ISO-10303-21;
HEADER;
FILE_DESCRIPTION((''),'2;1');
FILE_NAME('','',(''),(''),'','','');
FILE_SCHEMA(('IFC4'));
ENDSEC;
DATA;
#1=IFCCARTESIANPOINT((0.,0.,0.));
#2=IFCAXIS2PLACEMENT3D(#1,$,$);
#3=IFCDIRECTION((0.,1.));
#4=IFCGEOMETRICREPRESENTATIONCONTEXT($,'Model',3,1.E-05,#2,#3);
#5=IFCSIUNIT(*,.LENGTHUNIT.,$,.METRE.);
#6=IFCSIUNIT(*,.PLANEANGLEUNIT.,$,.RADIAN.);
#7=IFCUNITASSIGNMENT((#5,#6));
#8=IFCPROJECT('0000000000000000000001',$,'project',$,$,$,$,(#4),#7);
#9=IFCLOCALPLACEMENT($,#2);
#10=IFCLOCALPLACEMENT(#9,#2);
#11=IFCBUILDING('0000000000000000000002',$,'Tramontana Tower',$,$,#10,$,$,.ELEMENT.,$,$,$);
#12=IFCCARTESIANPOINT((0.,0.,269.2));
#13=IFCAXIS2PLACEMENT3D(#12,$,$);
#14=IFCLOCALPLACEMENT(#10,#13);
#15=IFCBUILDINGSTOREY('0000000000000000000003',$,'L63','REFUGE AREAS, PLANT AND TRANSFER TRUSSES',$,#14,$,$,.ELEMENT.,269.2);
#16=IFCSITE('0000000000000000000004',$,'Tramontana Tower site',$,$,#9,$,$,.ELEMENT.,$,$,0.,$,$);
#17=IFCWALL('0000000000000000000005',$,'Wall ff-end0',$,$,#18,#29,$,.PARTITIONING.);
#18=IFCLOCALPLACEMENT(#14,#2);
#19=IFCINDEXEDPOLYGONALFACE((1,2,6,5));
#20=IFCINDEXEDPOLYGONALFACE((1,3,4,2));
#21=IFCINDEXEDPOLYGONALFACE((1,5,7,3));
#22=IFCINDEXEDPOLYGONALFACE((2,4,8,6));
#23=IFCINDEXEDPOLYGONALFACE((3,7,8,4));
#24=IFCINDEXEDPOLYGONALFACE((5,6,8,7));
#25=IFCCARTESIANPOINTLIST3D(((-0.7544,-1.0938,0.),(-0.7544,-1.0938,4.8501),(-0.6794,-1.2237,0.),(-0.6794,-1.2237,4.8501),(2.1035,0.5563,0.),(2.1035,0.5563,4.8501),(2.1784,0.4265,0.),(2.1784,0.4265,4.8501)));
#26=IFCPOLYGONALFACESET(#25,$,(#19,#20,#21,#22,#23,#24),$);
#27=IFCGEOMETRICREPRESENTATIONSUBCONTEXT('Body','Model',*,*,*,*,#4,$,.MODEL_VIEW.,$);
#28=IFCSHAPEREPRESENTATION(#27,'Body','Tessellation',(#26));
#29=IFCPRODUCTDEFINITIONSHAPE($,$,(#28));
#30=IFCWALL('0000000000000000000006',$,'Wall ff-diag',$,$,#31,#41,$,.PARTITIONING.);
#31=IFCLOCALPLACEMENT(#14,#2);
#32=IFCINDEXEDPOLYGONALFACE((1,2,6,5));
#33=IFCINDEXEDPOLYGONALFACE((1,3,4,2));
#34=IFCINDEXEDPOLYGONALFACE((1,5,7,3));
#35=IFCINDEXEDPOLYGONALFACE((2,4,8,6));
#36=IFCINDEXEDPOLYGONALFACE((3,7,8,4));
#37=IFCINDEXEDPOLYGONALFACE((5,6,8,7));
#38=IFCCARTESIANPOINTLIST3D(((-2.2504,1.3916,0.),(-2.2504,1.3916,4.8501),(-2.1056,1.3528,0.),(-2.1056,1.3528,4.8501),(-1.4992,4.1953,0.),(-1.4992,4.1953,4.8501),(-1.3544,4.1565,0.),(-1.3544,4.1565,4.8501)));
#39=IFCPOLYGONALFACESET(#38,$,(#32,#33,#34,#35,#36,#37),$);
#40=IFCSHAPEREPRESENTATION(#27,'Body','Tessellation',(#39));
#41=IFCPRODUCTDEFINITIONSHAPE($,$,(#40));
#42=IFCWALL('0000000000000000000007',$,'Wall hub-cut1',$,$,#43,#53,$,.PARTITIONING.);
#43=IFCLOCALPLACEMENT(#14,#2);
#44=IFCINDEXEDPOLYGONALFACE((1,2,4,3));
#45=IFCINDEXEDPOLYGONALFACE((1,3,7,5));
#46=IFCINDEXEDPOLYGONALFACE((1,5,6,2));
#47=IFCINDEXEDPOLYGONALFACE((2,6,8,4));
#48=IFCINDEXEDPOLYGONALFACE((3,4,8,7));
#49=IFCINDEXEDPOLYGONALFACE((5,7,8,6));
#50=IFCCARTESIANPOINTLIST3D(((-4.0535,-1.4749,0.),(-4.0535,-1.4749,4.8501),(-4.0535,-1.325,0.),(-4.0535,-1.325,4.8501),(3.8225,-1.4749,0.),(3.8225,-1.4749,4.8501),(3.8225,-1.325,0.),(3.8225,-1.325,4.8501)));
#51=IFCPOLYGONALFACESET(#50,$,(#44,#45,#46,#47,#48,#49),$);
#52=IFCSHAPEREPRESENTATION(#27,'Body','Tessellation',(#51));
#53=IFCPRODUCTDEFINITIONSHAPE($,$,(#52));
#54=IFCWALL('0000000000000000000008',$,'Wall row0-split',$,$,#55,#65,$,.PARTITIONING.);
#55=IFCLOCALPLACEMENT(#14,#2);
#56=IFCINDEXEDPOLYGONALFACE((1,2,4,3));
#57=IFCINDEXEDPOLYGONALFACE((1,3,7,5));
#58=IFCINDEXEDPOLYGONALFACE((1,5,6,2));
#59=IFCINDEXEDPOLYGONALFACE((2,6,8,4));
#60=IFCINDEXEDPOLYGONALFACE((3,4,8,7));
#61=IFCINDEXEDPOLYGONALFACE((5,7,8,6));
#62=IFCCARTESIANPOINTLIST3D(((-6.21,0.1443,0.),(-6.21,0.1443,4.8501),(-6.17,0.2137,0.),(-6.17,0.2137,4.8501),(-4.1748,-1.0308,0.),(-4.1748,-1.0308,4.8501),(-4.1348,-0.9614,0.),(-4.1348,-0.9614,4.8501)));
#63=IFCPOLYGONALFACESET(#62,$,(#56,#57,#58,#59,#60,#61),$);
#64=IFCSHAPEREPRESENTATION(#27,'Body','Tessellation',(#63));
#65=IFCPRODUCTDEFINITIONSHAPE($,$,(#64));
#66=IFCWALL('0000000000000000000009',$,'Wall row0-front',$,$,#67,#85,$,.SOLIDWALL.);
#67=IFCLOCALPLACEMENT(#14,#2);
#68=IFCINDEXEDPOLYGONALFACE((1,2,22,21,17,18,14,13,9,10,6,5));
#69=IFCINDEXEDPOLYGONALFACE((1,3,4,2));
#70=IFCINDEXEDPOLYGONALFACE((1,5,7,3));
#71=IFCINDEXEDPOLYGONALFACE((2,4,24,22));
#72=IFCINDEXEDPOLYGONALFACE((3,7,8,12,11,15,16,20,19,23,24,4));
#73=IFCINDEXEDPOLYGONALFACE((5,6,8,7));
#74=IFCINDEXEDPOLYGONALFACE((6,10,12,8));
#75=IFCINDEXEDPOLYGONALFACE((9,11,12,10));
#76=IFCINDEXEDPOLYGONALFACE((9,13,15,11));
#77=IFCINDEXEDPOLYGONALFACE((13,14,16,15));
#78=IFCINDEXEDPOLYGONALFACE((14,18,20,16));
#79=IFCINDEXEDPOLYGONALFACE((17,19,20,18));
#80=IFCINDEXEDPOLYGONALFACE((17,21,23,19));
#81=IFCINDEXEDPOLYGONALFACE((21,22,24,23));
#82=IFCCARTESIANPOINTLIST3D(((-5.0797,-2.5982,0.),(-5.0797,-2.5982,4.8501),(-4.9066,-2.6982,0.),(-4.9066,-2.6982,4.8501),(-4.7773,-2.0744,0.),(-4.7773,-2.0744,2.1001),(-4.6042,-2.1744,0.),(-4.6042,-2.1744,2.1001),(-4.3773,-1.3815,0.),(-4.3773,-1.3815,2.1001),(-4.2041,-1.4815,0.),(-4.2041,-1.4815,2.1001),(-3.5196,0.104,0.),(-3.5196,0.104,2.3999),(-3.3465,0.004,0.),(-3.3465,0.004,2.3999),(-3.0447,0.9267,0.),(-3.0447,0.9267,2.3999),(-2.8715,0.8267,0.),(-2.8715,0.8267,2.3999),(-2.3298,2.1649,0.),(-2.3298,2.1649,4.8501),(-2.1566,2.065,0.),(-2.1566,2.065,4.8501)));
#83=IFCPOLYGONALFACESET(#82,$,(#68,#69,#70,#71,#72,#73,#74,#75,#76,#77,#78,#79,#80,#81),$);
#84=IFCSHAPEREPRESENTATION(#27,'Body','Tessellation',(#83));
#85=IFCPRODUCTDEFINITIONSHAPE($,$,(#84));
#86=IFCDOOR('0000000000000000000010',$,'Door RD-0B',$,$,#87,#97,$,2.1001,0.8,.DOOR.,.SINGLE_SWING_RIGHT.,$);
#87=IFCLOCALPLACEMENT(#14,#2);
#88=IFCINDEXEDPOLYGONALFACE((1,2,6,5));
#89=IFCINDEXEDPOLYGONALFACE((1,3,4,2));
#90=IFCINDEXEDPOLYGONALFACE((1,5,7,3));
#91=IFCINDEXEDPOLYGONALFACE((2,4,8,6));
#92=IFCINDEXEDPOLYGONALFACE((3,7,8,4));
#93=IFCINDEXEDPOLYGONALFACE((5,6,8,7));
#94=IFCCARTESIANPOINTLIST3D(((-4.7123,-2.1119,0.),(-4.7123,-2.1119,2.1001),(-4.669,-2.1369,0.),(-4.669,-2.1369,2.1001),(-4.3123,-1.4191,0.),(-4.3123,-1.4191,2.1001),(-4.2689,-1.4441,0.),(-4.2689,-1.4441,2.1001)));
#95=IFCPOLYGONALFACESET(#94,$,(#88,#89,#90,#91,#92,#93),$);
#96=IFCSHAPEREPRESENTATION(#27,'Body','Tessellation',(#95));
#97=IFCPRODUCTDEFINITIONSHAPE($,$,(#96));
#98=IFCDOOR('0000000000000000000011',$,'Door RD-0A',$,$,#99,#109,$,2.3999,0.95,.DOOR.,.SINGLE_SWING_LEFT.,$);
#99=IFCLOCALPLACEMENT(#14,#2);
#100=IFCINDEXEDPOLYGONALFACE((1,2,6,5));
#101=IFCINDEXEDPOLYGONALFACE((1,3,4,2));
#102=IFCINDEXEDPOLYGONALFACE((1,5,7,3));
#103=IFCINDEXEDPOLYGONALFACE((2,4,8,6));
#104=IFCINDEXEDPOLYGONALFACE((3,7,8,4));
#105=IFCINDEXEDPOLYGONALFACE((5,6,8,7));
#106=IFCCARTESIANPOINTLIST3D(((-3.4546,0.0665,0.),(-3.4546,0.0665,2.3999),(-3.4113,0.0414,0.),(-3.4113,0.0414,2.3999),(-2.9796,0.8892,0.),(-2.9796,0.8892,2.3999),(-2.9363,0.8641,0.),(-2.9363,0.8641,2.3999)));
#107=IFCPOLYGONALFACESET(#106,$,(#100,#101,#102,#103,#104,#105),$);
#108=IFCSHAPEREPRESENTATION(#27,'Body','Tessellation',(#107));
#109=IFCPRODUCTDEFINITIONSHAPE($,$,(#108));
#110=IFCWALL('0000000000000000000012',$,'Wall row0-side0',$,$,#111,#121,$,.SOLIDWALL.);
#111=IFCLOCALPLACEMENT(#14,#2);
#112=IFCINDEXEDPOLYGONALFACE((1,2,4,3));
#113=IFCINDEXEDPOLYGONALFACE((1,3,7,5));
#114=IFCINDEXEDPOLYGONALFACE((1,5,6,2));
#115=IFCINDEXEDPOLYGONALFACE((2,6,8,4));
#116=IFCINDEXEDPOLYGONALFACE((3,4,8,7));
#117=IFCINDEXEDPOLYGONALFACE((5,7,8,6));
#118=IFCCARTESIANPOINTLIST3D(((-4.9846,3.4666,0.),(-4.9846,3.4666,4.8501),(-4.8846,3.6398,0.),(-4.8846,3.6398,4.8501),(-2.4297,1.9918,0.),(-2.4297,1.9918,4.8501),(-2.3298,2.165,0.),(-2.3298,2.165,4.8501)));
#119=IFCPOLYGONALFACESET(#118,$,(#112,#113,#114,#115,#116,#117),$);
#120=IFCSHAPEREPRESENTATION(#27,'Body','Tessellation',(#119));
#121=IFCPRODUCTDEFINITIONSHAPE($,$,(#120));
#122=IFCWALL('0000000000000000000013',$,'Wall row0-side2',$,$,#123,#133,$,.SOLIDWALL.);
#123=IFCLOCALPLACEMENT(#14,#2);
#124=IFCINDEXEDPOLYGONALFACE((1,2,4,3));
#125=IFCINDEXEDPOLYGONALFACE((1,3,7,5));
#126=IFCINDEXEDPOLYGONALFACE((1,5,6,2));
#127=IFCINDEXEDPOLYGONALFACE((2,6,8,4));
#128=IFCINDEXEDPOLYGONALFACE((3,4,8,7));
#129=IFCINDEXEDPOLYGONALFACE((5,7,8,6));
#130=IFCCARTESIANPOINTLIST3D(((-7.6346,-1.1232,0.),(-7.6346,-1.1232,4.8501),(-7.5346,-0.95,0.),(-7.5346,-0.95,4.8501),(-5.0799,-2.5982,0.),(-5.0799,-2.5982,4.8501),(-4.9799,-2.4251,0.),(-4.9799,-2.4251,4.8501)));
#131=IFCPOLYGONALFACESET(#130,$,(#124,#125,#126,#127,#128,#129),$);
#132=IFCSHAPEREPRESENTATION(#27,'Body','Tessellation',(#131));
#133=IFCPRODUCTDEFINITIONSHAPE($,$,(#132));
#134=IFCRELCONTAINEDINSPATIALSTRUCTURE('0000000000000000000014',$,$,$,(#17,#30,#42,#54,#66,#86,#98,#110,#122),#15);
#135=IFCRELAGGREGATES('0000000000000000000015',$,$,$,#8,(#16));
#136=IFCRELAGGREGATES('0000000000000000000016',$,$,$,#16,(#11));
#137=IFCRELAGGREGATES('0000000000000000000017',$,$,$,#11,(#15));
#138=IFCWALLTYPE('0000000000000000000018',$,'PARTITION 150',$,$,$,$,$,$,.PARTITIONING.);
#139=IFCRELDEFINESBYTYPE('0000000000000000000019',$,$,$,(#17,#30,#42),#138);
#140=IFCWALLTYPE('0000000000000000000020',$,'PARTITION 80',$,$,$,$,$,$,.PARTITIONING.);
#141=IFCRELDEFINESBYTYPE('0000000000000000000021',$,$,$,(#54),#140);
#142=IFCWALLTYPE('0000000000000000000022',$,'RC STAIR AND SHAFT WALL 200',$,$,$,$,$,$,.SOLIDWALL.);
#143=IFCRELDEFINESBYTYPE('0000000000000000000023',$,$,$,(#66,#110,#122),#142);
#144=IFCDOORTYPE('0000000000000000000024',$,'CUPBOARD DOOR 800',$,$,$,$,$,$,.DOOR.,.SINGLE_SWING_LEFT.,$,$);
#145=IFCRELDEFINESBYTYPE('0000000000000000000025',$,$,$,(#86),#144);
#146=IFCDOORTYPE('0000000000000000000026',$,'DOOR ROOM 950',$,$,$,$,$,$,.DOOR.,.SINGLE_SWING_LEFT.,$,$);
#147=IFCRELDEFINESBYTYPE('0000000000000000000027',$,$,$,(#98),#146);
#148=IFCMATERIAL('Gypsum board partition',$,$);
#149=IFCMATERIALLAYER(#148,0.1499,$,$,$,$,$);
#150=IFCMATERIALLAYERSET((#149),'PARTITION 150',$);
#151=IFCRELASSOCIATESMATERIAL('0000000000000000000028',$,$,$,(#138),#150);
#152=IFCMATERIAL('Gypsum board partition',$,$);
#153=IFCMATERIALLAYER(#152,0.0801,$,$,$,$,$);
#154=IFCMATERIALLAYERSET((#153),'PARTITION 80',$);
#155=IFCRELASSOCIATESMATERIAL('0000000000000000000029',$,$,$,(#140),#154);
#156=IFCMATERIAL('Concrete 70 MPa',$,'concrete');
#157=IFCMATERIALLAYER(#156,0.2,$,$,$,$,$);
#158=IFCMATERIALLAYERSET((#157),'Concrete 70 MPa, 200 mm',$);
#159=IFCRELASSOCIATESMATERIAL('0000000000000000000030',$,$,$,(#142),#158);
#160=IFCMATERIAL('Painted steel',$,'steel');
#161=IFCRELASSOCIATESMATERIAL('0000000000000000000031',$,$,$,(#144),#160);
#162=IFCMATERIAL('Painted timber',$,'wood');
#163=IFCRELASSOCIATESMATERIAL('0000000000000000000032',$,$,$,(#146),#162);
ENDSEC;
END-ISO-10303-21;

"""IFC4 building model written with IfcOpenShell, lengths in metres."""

from ifc_helpers import new_model, si_unit, direction, frame, frame_2d, origin, place, context, subcontext, project, spatial, rectangle, extrude, material, layer, layer_set, type_object, element, fill, save


model = new_model("IFC4")

# Units and contexts
model_context = context("Model", 3, precision=1e-05, world=origin(), true_north=direction((0.0, 1.0)))
body_context = subcontext(model_context, "Body", "Model", "MODEL_VIEW")
ifc_project = project(units=[si_unit("LENGTHUNIT", "METRE"), si_unit("PLANEANGLEUNIT", "RADIAN")], contexts=[model_context])

# Site, building, storey
site_placement = place(None, origin())
site = spatial("IfcSite", under=ifc_project, at=site_placement, Name="Tramontana Tower site", CompositionType="ELEMENT", RefElevation=0.0)
building_placement = place(site_placement, origin())
building = spatial("IfcBuilding", under=site, at=building_placement, Name="Tramontana Tower", CompositionType="ELEMENT")
storey_placement = place(building_placement, frame((0.0, 0.0, 269.2)))
storey = spatial("IfcBuildingStorey", under=building, at=storey_placement, Name="L63", Description="REFUGE AREAS, PLANT AND TRANSFER TRUSSES", CompositionType="ELEMENT", Elevation=269.2)

# Shared definitions
ifc_material_1 = material(Name="Gypsum board partition")
ifc_layer_1 = layer(ifc_material_1, 0.1499)
ifc_layer_set_1 = layer_set([ifc_layer_1], Name="PARTITION 150")
wall_type_1 = type_object("IfcWallType", Name="PARTITION 150", PredefinedType="PARTITIONING", material=ifc_layer_set_1)

# Walls
wall_1_placement = place(storey_placement, frame((-0.7168, -1.1587, 0.0), z_axis=(0.0, 0.0, 1.0), x_axis=(0.866008, 0.50003, 0.0)))
element("IfcWall", 1, at=wall_1_placement, inside=storey, type_object=wall_type_1, Name="Wall ff-end0", PredefinedType="PARTITIONING", context=body_context, shape_type="SweptSolid", body=[
    extrude(rectangle(XDim=3.3, YDim=0.1499, at=frame_2d((1.6499, 0.0))), origin(), (0.0, 0.0, 1.0), 4.8501),
])
wall_2_placement = place(storey_placement, frame((-2.178, 1.3723, 0.0), z_axis=(0.0, 0.0, 1.0), x_axis=(0.258809, 0.965929, 0.0)))
element("IfcWall", 2, at=wall_2_placement, inside=storey, type_object=wall_type_1, Name="Wall ff-diag", PredefinedType="PARTITIONING", context=body_context, shape_type="SweptSolid", body=[
    extrude(rectangle(XDim=2.9026, YDim=0.1499, at=frame_2d((1.4512, 0.0))), origin(), (0.0, 0.0, 1.0), 4.8501),
])
wall_3_placement = place(storey_placement, frame((-4.0535, -1.3999, 0.0), z_axis=(0.0, 0.0, 1.0), x_axis=(1.0, 0.0, 0.0)))
element("IfcWall", 3, at=wall_3_placement, inside=storey, type_object=wall_type_1, Name="Wall hub-cut1", PredefinedType="PARTITIONING", context=body_context, shape_type="SweptSolid", body=[
    extrude(rectangle(XDim=7.876, YDim=0.1499, at=frame_2d((3.938, 0.0))), origin(), (0.0, 0.0, 1.0), 4.8501),
])
ifc_material_2 = material(Name="Gypsum board partition")
ifc_layer_2 = layer(ifc_material_2, 0.0801)
ifc_layer_set_2 = layer_set([ifc_layer_2], Name="PARTITION 80")
wall_type_2 = type_object("IfcWallType", Name="PARTITION 80", PredefinedType="PARTITIONING", material=ifc_layer_set_2)
wall_4_placement = place(storey_placement, frame((-4.1548, -0.9961, 0.0), z_axis=(0.0, 0.0, 1.0), x_axis=(-0.866016, 0.500016, 0.0)))
element("IfcWall", 4, at=wall_4_placement, inside=storey, type_object=wall_type_2, Name="Wall row0-split", PredefinedType="PARTITIONING", context=body_context, shape_type="SweptSolid", body=[
    extrude(rectangle(XDim=2.3501, YDim=0.0801, at=frame_2d((1.175, 0.0))), origin(), (0.0, 0.0, 1.0), 4.8501),
])

# Shared definitions
ifc_material_3 = material(Name="Concrete 70 MPa", Category="concrete")
ifc_layer_3 = layer(ifc_material_3, 0.2)
ifc_layer_set_3 = layer_set([ifc_layer_3], Name="Concrete 70 MPa, 200 mm")
wall_type_3 = type_object("IfcWallType", Name="RC STAIR AND SHAFT WALL 200", PredefinedType="SOLIDWALL", material=ifc_layer_set_3)

# Wall, openings, doors
wall_5_placement = place(storey_placement, frame((-4.9932, -2.6482, 0.0), z_axis=(0.0, 0.0, 1.0), x_axis=(0.499997, 0.866027, 0.0)))
wall_5 = element("IfcWall", 5, at=wall_5_placement, inside=storey, type_object=wall_type_3, Name="Wall row0-front", PredefinedType="SOLIDWALL", context=body_context, shape_type="SweptSolid", body=[
    extrude(rectangle(XDim=5.5, YDim=0.2, at=frame_2d((2.75, 0.0))), origin(), (0.0, 0.0, 1.0), 4.8501),
])
opening_1_placement = place(wall_5_placement, frame((3.1201, 0.0, 0.0)))
opening_1 = element("IfcOpeningElement", 6, at=opening_1_placement, cuts=wall_5, PredefinedType="OPENING", context=body_context, shape_type="SweptSolid", body=[
    extrude(rectangle(XDim=0.95, YDim=2.3999, at=frame_2d((0.4751, 1.2))), frame((0.0, 0.1099, 0.0), z_axis=(0.0, -1.0, 0.0), x_axis=(1.0, 0.0, 0.0)), (0.0, 0.0, 1.0), 0.22),
])
opening_2_placement = place(wall_5_placement, frame((0.605, 0.0, 0.0)))
opening_2 = element("IfcOpeningElement", 7, at=opening_2_placement, cuts=wall_5, PredefinedType="OPENING", context=body_context, shape_type="SweptSolid", body=[
    extrude(rectangle(XDim=0.8, YDim=2.1001, at=frame_2d((0.3999, 1.05))), frame((0.0, 0.1099, 0.0), z_axis=(0.0, -1.0, 0.0), x_axis=(1.0, 0.0, 0.0)), (0.0, 0.0, 1.0), 0.22),
])
ifc_material_4 = material(Name="Painted steel", Category="steel")
door_type_1 = type_object("IfcDoorType", Name="CUPBOARD DOOR 800", OperationType="SINGLE_SWING_LEFT", PredefinedType="DOOR", material=ifc_material_4)
door_1_placement = place(opening_2_placement, origin())
door_1 = element("IfcDoor", 8, at=door_1_placement, inside=storey, type_object=door_type_1, Name="Door RD-0B", OperationType="SINGLE_SWING_RIGHT", OverallHeight=2.1001, OverallWidth=0.8, PredefinedType="DOOR", context=body_context, shape_type="SweptSolid", body=[
    extrude(rectangle(XDim=0.8, YDim=2.1001, at=frame_2d((0.3999, 1.05))), frame((0.0, 0.0249, 0.0), z_axis=(0.0, -1.0, 0.0), x_axis=(1.0, 0.0, 0.0)), (0.0, 0.0, 1.0), 0.05),
])
fill(opening_2, door_1)
ifc_material_5 = material(Name="Painted timber", Category="wood")
door_type_2 = type_object("IfcDoorType", Name="DOOR ROOM 950", OperationType="SINGLE_SWING_LEFT", PredefinedType="DOOR", material=ifc_material_5)
door_2_placement = place(opening_1_placement, origin())
door_2 = element("IfcDoor", 9, at=door_2_placement, inside=storey, type_object=door_type_2, Name="Door RD-0A", OperationType="SINGLE_SWING_LEFT", OverallHeight=2.3999, OverallWidth=0.95, PredefinedType="DOOR", context=body_context, shape_type="SweptSolid", body=[
    extrude(rectangle(XDim=0.95, YDim=2.3999, at=frame_2d((0.4751, 1.2))), frame((0.0, 0.0249, 0.0), z_axis=(0.0, -1.0, 0.0), x_axis=(1.0, 0.0, 0.0)), (0.0, 0.0, 1.0), 0.05),
])
fill(opening_1, door_2)

# Walls
for number, where, z_axis, x_axis, name in (
    (10, (-2.3796, 2.0784, 0.0), (0.0, 0.0, 1.0), (-0.86606, 0.49994, 0.0), "Wall row0-side0"),
    (11, (-5.0298, -2.5117, 0.0), (0.0, 0.0, 1.0), (-0.866004, 0.500038, 0.0), "Wall row0-side2"),
):
    element("IfcWall", number, at=place(storey_placement, frame(where, z_axis=z_axis, x_axis=x_axis)), inside=storey, type_object=wall_type_3, Name=name, PredefinedType="SOLIDWALL", context=body_context, shape_type="SweptSolid", body=[
        extrude(rectangle(XDim=2.95, YDim=0.2, at=frame_2d((1.4751, 0.0))), origin(), (0.0, 0.0, 1.0), 4.8501),
    ])

save(model, "model.ifc")
